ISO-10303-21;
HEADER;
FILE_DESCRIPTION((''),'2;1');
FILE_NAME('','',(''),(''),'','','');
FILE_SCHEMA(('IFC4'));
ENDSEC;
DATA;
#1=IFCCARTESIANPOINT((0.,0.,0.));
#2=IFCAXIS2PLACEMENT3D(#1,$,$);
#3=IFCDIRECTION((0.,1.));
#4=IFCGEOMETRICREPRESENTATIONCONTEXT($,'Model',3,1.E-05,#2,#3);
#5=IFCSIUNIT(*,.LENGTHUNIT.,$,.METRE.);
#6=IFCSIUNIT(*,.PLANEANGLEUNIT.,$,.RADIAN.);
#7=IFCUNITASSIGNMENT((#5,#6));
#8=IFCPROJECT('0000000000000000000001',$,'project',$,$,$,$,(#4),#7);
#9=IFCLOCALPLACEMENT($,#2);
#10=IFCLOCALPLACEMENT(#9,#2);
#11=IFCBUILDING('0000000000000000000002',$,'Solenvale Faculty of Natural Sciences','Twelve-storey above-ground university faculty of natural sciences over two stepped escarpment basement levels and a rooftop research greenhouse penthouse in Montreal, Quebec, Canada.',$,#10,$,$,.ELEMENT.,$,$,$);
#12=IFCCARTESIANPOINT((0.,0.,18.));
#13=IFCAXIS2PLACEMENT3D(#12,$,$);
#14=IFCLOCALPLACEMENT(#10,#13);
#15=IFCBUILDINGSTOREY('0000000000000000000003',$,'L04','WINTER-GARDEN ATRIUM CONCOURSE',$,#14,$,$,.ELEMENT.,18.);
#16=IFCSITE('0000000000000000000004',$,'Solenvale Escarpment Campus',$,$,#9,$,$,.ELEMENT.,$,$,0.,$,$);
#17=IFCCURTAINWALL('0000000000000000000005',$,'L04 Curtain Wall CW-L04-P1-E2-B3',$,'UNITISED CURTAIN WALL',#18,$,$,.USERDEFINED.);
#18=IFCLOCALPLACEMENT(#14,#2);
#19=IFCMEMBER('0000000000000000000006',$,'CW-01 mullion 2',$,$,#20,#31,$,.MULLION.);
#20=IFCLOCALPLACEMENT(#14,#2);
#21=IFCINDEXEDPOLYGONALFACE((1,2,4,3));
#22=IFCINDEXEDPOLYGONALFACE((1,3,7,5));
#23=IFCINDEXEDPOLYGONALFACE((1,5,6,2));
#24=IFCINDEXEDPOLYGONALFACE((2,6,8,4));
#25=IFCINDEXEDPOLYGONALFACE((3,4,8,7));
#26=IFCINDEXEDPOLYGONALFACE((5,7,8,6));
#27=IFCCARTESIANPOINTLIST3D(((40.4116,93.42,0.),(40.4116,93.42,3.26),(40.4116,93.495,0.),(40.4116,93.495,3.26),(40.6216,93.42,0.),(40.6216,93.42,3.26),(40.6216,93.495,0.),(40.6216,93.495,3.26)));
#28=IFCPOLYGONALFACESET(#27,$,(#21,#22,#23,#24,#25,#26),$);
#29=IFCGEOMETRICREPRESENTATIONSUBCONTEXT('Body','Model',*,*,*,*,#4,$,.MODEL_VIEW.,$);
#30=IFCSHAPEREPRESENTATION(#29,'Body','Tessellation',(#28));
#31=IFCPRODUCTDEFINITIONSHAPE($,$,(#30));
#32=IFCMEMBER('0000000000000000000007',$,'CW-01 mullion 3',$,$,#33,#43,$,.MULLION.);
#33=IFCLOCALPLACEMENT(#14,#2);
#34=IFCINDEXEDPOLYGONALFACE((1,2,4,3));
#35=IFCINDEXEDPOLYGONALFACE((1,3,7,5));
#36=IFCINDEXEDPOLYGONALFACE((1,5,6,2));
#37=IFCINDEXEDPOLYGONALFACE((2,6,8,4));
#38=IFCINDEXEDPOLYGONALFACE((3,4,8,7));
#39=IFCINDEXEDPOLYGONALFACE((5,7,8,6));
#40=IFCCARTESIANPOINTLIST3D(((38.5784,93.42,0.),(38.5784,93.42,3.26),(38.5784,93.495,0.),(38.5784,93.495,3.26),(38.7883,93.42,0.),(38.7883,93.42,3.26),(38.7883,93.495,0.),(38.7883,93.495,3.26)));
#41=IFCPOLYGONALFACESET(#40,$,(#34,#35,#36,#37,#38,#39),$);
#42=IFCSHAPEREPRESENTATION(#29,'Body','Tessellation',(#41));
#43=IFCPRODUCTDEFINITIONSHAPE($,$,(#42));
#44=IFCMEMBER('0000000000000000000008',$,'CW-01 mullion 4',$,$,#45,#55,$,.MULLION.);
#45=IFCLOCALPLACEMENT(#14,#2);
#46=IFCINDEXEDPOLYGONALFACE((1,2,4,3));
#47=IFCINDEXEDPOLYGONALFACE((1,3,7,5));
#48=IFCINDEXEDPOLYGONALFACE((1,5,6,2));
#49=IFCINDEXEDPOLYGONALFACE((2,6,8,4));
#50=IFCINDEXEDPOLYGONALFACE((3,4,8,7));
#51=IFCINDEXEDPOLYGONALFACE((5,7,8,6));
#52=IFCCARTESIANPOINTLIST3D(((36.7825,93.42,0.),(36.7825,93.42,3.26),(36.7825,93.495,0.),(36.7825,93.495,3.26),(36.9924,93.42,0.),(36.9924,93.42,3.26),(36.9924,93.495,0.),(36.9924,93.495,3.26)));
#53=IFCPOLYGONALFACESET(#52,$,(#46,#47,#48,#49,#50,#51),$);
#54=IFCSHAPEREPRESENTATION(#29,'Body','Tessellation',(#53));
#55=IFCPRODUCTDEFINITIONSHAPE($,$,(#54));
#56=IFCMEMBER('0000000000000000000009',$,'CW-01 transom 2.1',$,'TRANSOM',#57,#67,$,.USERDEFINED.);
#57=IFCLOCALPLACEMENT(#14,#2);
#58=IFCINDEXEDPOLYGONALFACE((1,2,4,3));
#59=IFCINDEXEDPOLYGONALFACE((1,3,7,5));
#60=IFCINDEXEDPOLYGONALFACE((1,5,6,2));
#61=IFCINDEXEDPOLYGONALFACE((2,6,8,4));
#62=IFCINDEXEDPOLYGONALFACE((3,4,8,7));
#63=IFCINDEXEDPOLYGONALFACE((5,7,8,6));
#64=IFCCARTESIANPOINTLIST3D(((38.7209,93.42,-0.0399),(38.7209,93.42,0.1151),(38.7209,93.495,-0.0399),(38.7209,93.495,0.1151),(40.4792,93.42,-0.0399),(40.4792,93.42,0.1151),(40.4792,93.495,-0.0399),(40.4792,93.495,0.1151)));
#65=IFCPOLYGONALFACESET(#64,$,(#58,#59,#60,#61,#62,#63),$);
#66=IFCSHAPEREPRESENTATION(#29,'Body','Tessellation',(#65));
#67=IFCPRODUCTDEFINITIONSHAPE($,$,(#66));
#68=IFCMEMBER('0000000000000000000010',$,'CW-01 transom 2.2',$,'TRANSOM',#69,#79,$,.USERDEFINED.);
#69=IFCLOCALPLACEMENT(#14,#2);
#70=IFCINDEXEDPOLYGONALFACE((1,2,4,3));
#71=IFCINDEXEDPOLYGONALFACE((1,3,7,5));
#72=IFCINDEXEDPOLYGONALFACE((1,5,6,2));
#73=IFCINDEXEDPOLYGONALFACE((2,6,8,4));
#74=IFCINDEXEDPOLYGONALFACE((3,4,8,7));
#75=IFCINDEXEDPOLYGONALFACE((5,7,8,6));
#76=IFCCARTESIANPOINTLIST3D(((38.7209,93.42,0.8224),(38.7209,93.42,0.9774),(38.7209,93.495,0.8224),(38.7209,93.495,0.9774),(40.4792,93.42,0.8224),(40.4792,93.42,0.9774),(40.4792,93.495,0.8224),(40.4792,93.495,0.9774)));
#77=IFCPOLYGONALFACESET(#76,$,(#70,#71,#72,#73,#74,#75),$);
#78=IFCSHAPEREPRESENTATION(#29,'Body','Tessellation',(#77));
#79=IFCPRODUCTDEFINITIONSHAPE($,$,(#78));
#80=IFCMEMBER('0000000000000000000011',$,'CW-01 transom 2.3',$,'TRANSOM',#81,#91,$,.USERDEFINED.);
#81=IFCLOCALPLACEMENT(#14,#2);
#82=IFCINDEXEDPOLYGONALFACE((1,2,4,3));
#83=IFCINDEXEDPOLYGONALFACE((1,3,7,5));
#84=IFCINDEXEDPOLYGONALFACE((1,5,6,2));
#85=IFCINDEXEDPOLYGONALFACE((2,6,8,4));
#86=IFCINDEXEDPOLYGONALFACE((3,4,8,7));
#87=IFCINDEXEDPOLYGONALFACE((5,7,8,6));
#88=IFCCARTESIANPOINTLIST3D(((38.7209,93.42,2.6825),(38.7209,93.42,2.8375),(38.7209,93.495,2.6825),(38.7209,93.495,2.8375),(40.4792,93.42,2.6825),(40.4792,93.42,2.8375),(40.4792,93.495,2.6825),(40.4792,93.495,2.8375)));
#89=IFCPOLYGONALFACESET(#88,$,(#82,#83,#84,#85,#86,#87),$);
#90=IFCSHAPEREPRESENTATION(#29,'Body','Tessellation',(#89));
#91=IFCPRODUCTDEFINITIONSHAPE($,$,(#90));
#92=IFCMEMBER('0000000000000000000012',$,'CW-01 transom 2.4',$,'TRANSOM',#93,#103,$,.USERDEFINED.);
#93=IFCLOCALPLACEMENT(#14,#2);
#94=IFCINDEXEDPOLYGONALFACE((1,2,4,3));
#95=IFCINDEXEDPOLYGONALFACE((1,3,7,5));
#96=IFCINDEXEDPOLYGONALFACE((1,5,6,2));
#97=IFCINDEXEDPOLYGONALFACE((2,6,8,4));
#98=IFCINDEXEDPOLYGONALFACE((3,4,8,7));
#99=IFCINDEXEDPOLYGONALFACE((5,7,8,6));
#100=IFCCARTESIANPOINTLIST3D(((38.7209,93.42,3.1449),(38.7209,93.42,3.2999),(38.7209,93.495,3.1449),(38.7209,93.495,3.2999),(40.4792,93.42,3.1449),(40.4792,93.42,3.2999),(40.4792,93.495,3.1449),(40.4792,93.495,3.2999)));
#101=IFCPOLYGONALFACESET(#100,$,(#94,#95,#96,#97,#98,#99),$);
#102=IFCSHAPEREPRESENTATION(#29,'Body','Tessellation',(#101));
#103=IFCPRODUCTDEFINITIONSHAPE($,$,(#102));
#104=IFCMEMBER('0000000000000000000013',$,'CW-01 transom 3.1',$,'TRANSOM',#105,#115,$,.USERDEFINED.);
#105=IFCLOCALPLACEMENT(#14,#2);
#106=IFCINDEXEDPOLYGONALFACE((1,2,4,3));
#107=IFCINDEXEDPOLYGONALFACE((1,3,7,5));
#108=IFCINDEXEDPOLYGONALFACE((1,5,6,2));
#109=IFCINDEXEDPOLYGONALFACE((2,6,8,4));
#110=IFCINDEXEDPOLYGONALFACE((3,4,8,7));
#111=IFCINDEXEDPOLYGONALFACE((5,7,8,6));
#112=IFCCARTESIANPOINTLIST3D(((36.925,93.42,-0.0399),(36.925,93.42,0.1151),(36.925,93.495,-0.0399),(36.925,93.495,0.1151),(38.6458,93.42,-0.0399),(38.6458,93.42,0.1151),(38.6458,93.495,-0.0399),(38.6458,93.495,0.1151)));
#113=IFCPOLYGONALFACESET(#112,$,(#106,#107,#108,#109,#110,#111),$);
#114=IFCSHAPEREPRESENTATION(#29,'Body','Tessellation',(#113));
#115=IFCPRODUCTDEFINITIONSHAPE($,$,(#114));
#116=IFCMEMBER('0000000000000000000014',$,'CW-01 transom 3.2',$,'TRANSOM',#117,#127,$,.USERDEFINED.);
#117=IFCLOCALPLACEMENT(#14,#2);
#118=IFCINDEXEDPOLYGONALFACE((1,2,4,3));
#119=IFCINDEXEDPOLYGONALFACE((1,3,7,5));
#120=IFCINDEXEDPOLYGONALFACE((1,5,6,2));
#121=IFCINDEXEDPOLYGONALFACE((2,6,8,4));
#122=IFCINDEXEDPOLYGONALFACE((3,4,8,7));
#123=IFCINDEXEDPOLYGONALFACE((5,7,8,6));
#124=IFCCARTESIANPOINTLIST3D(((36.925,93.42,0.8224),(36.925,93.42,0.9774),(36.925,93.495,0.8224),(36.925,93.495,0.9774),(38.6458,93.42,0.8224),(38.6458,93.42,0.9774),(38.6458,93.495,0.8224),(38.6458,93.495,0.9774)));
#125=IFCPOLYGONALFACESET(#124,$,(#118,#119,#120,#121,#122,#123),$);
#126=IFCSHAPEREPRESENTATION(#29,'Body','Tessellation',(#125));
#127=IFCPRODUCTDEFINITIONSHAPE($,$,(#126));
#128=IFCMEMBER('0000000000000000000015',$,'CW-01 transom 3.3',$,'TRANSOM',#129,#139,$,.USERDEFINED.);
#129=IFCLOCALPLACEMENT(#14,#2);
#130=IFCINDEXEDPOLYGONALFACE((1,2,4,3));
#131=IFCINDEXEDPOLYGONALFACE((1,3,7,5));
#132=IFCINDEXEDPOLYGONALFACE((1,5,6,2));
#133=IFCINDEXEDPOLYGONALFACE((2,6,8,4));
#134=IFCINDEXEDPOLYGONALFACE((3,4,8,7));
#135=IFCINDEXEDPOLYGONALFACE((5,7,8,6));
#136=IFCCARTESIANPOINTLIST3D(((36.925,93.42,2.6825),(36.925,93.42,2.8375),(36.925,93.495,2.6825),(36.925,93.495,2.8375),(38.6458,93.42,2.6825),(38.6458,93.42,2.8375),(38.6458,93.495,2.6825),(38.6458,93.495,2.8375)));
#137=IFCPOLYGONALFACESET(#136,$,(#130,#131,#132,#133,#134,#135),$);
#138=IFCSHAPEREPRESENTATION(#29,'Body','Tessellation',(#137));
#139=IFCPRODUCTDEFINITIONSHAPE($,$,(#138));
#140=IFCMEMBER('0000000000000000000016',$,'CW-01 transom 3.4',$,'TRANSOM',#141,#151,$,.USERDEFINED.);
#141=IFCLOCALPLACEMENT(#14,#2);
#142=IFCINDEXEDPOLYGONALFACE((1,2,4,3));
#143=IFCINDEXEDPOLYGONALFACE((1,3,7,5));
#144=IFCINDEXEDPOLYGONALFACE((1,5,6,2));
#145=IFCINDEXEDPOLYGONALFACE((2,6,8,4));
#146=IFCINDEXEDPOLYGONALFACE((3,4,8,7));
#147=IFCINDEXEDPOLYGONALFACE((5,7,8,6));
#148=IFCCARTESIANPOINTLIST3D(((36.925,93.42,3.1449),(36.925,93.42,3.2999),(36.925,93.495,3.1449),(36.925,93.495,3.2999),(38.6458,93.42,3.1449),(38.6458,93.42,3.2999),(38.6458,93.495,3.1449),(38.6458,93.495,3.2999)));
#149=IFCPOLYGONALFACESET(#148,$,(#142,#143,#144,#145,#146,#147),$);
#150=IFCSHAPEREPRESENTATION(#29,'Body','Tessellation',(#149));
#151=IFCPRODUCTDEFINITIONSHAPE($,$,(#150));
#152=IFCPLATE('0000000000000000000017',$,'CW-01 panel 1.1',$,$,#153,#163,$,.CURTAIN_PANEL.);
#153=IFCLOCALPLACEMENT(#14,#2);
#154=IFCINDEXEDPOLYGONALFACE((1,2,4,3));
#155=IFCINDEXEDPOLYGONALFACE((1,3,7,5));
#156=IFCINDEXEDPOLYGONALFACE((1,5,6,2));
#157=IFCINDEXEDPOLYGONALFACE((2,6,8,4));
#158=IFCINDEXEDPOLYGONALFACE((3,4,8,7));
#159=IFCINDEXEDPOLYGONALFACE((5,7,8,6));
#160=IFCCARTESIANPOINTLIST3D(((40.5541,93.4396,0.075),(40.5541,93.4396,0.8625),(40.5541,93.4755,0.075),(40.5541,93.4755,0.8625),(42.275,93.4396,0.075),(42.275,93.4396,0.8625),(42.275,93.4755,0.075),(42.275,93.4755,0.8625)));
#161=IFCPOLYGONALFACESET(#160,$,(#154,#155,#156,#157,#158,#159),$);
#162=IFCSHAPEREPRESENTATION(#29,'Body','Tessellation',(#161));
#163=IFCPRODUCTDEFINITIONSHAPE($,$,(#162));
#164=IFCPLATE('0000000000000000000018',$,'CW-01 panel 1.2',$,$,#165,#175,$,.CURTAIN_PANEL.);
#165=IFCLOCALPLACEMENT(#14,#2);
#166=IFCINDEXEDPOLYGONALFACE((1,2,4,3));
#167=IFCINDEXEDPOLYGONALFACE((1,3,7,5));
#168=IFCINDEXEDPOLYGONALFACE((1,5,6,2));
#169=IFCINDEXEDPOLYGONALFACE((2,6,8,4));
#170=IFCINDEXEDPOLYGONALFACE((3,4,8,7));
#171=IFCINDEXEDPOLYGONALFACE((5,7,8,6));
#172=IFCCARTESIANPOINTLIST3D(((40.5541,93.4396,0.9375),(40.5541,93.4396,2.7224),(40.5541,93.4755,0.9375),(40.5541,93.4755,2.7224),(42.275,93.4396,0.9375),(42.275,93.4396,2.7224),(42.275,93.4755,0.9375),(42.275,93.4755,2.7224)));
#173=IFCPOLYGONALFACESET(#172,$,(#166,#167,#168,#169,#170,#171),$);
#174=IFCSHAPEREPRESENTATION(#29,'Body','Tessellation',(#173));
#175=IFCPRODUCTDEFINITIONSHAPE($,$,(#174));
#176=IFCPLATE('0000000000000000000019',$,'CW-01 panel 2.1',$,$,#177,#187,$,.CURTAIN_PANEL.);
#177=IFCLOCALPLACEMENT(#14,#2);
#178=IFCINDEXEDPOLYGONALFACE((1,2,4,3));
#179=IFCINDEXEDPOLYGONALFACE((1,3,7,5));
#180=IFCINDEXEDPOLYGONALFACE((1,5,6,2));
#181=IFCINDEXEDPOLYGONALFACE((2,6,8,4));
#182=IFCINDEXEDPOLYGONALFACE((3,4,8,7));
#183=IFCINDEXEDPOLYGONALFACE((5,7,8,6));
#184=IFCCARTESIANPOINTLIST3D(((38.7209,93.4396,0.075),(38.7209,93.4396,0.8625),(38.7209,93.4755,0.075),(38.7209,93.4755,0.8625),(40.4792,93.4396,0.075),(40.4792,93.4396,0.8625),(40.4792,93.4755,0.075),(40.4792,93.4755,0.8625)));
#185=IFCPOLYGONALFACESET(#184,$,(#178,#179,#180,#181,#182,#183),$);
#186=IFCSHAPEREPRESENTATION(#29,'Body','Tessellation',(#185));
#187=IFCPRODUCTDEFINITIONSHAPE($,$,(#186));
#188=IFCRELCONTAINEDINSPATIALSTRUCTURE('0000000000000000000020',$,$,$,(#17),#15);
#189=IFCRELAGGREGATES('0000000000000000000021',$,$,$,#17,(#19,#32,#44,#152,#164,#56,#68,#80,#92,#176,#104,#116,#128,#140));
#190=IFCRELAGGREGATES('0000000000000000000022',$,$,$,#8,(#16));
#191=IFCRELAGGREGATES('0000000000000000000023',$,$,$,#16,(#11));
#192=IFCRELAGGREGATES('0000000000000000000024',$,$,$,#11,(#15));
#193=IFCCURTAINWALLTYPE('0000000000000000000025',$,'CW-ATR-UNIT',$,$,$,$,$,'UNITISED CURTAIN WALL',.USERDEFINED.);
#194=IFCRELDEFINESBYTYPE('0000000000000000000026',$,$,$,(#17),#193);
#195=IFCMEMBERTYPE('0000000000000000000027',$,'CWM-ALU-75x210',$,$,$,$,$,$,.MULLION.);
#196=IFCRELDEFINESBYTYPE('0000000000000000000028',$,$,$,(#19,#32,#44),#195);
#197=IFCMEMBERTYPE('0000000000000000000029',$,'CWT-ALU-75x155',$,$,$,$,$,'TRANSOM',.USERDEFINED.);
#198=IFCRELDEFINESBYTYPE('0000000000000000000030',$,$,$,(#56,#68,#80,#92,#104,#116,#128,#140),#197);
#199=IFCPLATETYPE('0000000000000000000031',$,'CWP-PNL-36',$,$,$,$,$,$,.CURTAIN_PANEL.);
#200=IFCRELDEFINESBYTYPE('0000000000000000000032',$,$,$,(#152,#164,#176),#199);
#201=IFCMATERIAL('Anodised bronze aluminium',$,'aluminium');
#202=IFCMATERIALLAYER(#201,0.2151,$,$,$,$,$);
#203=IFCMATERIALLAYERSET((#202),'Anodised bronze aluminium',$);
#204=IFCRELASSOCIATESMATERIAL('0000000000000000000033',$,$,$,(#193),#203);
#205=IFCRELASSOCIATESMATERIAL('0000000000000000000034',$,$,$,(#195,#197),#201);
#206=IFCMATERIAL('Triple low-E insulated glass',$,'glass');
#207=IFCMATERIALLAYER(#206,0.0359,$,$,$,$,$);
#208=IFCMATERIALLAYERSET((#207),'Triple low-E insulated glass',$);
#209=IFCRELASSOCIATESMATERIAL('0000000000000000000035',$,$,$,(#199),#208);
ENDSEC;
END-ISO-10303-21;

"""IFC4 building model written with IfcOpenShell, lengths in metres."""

from ifc_helpers import new_model, si_unit, direction, frame, origin, origin_2d, place, context, subcontext, project, spatial, rectangle, extrude, material, layer, layer_set, material_profile, profile_set, type_object, element, aggregate, save


model = new_model("IFC4")

# Units and contexts
model_context = context("Model", 3, precision=1e-05, world=origin(), true_north=direction((0.0, 1.0)))
body_context = subcontext(model_context, "Body", "Model", "MODEL_VIEW")
ifc_project = project(units=[si_unit("LENGTHUNIT", "METRE"), si_unit("PLANEANGLEUNIT", "RADIAN")], contexts=[model_context])

# Site, building, storey
site_placement = place(None, origin())
site = spatial("IfcSite", under=ifc_project, at=site_placement, Name="Solenvale Escarpment Campus", CompositionType="ELEMENT", RefElevation=0.0)
building_placement = place(site_placement, origin())
building = spatial("IfcBuilding", under=site, at=building_placement, Name="Solenvale Faculty of Natural Sciences", Description="Twelve-storey above-ground university faculty of natural sciences over two stepped escarpment basement levels and a rooftop research greenhouse penthouse in Montreal, Quebec, Canada.", CompositionType="ELEMENT")
storey_placement = place(building_placement, frame((0.0, 0.0, 18.0)))
storey = spatial("IfcBuildingStorey", under=building, at=storey_placement, Name="L04", Description="WINTER-GARDEN ATRIUM CONCOURSE", CompositionType="ELEMENT", Elevation=18.0)

# Curtain wall, members, plates
ifc_material_1 = material(Name="Anodised bronze aluminium", Category="aluminium")
ifc_layer_1 = layer(ifc_material_1, 0.2151)
ifc_layer_set_1 = layer_set([ifc_layer_1], Name="Anodised bronze aluminium")
curtain_wall_type = type_object("IfcCurtainWallType", Name="CW-ATR-UNIT", ElementType="UNITISED CURTAIN WALL", PredefinedType="USERDEFINED", material=ifc_layer_set_1)
curtain_wall_placement = place(storey_placement, origin())
curtain_wall = element("IfcCurtainWall", 1, at=curtain_wall_placement, inside=storey, type_object=curtain_wall_type, Name="L04 Curtain Wall CW-L04-P1-E2-B3", ObjectType="UNITISED CURTAIN WALL", PredefinedType="USERDEFINED")
ifc_material_profile_1 = material_profile(ifc_material_1, rectangle(XDim=0.075, YDim=0.21, at=origin_2d()), Name="ALU-MUL-75x210")
ifc_profile_set_1 = profile_set([ifc_material_profile_1], Name="Anodised bronze aluminium")
member_type_1 = type_object("IfcMemberType", Name="CWM-ALU-75x210", PredefinedType="MULLION", material=ifc_profile_set_1)
member_1_placement = place(storey_placement, frame((40.5166, 93.4575, 0.0), z_axis=(0.0, 0.0, 1.0), x_axis=(0.0, -1.0, 0.0)))
member_1 = element("IfcMember", 2, at=member_1_placement, type_object=member_type_1, Name="CW-01 mullion 2", PredefinedType="MULLION", context=body_context, shape_type="SweptSolid", body=[
    extrude(rectangle(XDim=0.075, YDim=0.21, at=origin_2d()), origin(), (0.0, 0.0, 1.0), 3.26),
])
member_2_placement = place(storey_placement, frame((38.6833, 93.4575, 0.0), z_axis=(0.0, 0.0, 1.0), x_axis=(0.0, -1.0, 0.0)))
member_2 = element("IfcMember", 3, at=member_2_placement, type_object=member_type_1, Name="CW-01 mullion 3", PredefinedType="MULLION", context=body_context, shape_type="SweptSolid", body=[
    extrude(rectangle(XDim=0.075, YDim=0.21, at=origin_2d()), origin(), (0.0, 0.0, 1.0), 3.26),
])
member_3_placement = place(storey_placement, frame((36.8875, 93.4575, 0.0), z_axis=(0.0, 0.0, 1.0), x_axis=(0.0, -1.0, 0.0)))
member_3 = element("IfcMember", 4, at=member_3_placement, type_object=member_type_1, Name="CW-01 mullion 4", PredefinedType="MULLION", context=body_context, shape_type="SweptSolid", body=[
    extrude(rectangle(XDim=0.075, YDim=0.21, at=origin_2d()), origin(), (0.0, 0.0, 1.0), 3.26),
])
ifc_material_profile_2 = material_profile(ifc_material_1, rectangle(XDim=0.075, YDim=0.155, at=origin_2d()), Name="ALU-TRN-75x155")
ifc_profile_set_2 = profile_set([ifc_material_profile_2], Name="Anodised bronze aluminium")
member_type_2 = type_object("IfcMemberType", Name="CWT-ALU-75x155", ElementType="TRANSOM", PredefinedType="USERDEFINED", material=ifc_profile_set_2)
member_4_placement = place(storey_placement, frame((40.4792, 93.4575, 0.0376), z_axis=(-1.0, 0.0, 0.0), x_axis=(0.0, -1.0, 0.0)))
member_4 = element("IfcMember", 5, at=member_4_placement, type_object=member_type_2, Name="CW-01 transom 2.1", ObjectType="TRANSOM", PredefinedType="USERDEFINED", context=body_context, shape_type="SweptSolid", body=[
    extrude(rectangle(XDim=0.075, YDim=0.155, at=origin_2d()), origin(), (0.0, 0.0, 1.0), 1.7583),
])
member_5_placement = place(storey_placement, frame((40.4792, 93.4575, 0.8999), z_axis=(-1.0, 0.0, 0.0), x_axis=(0.0, -1.0, 0.0)))
member_5 = element("IfcMember", 6, at=member_5_placement, type_object=member_type_2, Name="CW-01 transom 2.2", ObjectType="TRANSOM", PredefinedType="USERDEFINED", context=body_context, shape_type="SweptSolid", body=[
    extrude(rectangle(XDim=0.075, YDim=0.155, at=origin_2d()), origin(), (0.0, 0.0, 1.0), 1.7583),
])
member_6_placement = place(storey_placement, frame((40.4792, 93.4575, 2.76), z_axis=(-1.0, 0.0, 0.0), x_axis=(0.0, -1.0, 0.0)))
member_6 = element("IfcMember", 7, at=member_6_placement, type_object=member_type_2, Name="CW-01 transom 2.3", ObjectType="TRANSOM", PredefinedType="USERDEFINED", context=body_context, shape_type="SweptSolid", body=[
    extrude(rectangle(XDim=0.075, YDim=0.155, at=origin_2d()), origin(), (0.0, 0.0, 1.0), 1.7583),
])
member_7_placement = place(storey_placement, frame((40.4792, 93.4575, 3.2224), z_axis=(-1.0, 0.0, 0.0), x_axis=(0.0, -1.0, 0.0)))
member_7 = element("IfcMember", 8, at=member_7_placement, type_object=member_type_2, Name="CW-01 transom 2.4", ObjectType="TRANSOM", PredefinedType="USERDEFINED", context=body_context, shape_type="SweptSolid", body=[
    extrude(rectangle(XDim=0.075, YDim=0.155, at=origin_2d()), origin(), (0.0, 0.0, 1.0), 1.7583),
])
member_8_placement = place(storey_placement, frame((38.6458, 93.4575, 0.0376), z_axis=(-1.0, 0.0, 0.0), x_axis=(0.0, -1.0, 0.0)))
member_8 = element("IfcMember", 9, at=member_8_placement, type_object=member_type_2, Name="CW-01 transom 3.1", ObjectType="TRANSOM", PredefinedType="USERDEFINED", context=body_context, shape_type="SweptSolid", body=[
    extrude(rectangle(XDim=0.075, YDim=0.155, at=origin_2d()), origin(), (0.0, 0.0, 1.0), 1.7207),
])
member_9_placement = place(storey_placement, frame((38.6458, 93.4575, 0.8999), z_axis=(-1.0, 0.0, 0.0), x_axis=(0.0, -1.0, 0.0)))
member_9 = element("IfcMember", 10, at=member_9_placement, type_object=member_type_2, Name="CW-01 transom 3.2", ObjectType="TRANSOM", PredefinedType="USERDEFINED", context=body_context, shape_type="SweptSolid", body=[
    extrude(rectangle(XDim=0.075, YDim=0.155, at=origin_2d()), origin(), (0.0, 0.0, 1.0), 1.7207),
])
member_10_placement = place(storey_placement, frame((38.6458, 93.4575, 2.76), z_axis=(-1.0, 0.0, 0.0), x_axis=(0.0, -1.0, 0.0)))
member_10 = element("IfcMember", 11, at=member_10_placement, type_object=member_type_2, Name="CW-01 transom 3.3", ObjectType="TRANSOM", PredefinedType="USERDEFINED", context=body_context, shape_type="SweptSolid", body=[
    extrude(rectangle(XDim=0.075, YDim=0.155, at=origin_2d()), origin(), (0.0, 0.0, 1.0), 1.7207),
])
member_11_placement = place(storey_placement, frame((38.6458, 93.4575, 3.2224), z_axis=(-1.0, 0.0, 0.0), x_axis=(0.0, -1.0, 0.0)))
member_11 = element("IfcMember", 12, at=member_11_placement, type_object=member_type_2, Name="CW-01 transom 3.4", ObjectType="TRANSOM", PredefinedType="USERDEFINED", context=body_context, shape_type="SweptSolid", body=[
    extrude(rectangle(XDim=0.075, YDim=0.155, at=origin_2d()), origin(), (0.0, 0.0, 1.0), 1.7207),
])
ifc_material_2 = material(Name="Triple low-E insulated glass", Category="glass")
ifc_layer_2 = layer(ifc_material_2, 0.0359)
ifc_layer_set_2 = layer_set([ifc_layer_2], Name="Triple low-E insulated glass")
plate_type = type_object("IfcPlateType", Name="CWP-PNL-36", PredefinedType="CURTAIN_PANEL", material=ifc_layer_set_2)
plate_1_placement = place(storey_placement, frame((41.4146, 93.4575, 0.075), z_axis=(0.0, 0.0, 1.0), x_axis=(-1.0, 0.0, 0.0)))
plate_1 = element("IfcPlate", 13, at=plate_1_placement, type_object=plate_type, Name="CW-01 panel 1.1", PredefinedType="CURTAIN_PANEL", context=body_context, shape_type="SweptSolid", body=[
    extrude(rectangle(XDim=1.7209, YDim=0.0359, at=origin_2d()), origin(), (0.0, 0.0, 1.0), 0.7876),
])
plate_2_placement = place(storey_placement, frame((41.4146, 93.4575, 0.9375), z_axis=(0.0, 0.0, 1.0), x_axis=(-1.0, 0.0, 0.0)))
plate_2 = element("IfcPlate", 14, at=plate_2_placement, type_object=plate_type, Name="CW-01 panel 1.2", PredefinedType="CURTAIN_PANEL", context=body_context, shape_type="SweptSolid", body=[
    extrude(rectangle(XDim=1.7209, YDim=0.0359, at=origin_2d()), origin(), (0.0, 0.0, 1.0), 1.7849),
])
plate_3_placement = place(storey_placement, frame((39.6001, 93.4575, 0.075), z_axis=(0.0, 0.0, 1.0), x_axis=(-1.0, 0.0, 0.0)))
plate_3 = element("IfcPlate", 15, at=plate_3_placement, type_object=plate_type, Name="CW-01 panel 2.1", PredefinedType="CURTAIN_PANEL", context=body_context, shape_type="SweptSolid", body=[
    extrude(rectangle(XDim=1.7583, YDim=0.0359, at=origin_2d()), origin(), (0.0, 0.0, 1.0), 0.7876),
])
aggregate(curtain_wall, [member_1, member_2, member_3, plate_1, plate_2, member_4, member_5, member_6, member_7, plate_3, member_8, member_9, member_10, member_11])

save(model, "model.ifc")
